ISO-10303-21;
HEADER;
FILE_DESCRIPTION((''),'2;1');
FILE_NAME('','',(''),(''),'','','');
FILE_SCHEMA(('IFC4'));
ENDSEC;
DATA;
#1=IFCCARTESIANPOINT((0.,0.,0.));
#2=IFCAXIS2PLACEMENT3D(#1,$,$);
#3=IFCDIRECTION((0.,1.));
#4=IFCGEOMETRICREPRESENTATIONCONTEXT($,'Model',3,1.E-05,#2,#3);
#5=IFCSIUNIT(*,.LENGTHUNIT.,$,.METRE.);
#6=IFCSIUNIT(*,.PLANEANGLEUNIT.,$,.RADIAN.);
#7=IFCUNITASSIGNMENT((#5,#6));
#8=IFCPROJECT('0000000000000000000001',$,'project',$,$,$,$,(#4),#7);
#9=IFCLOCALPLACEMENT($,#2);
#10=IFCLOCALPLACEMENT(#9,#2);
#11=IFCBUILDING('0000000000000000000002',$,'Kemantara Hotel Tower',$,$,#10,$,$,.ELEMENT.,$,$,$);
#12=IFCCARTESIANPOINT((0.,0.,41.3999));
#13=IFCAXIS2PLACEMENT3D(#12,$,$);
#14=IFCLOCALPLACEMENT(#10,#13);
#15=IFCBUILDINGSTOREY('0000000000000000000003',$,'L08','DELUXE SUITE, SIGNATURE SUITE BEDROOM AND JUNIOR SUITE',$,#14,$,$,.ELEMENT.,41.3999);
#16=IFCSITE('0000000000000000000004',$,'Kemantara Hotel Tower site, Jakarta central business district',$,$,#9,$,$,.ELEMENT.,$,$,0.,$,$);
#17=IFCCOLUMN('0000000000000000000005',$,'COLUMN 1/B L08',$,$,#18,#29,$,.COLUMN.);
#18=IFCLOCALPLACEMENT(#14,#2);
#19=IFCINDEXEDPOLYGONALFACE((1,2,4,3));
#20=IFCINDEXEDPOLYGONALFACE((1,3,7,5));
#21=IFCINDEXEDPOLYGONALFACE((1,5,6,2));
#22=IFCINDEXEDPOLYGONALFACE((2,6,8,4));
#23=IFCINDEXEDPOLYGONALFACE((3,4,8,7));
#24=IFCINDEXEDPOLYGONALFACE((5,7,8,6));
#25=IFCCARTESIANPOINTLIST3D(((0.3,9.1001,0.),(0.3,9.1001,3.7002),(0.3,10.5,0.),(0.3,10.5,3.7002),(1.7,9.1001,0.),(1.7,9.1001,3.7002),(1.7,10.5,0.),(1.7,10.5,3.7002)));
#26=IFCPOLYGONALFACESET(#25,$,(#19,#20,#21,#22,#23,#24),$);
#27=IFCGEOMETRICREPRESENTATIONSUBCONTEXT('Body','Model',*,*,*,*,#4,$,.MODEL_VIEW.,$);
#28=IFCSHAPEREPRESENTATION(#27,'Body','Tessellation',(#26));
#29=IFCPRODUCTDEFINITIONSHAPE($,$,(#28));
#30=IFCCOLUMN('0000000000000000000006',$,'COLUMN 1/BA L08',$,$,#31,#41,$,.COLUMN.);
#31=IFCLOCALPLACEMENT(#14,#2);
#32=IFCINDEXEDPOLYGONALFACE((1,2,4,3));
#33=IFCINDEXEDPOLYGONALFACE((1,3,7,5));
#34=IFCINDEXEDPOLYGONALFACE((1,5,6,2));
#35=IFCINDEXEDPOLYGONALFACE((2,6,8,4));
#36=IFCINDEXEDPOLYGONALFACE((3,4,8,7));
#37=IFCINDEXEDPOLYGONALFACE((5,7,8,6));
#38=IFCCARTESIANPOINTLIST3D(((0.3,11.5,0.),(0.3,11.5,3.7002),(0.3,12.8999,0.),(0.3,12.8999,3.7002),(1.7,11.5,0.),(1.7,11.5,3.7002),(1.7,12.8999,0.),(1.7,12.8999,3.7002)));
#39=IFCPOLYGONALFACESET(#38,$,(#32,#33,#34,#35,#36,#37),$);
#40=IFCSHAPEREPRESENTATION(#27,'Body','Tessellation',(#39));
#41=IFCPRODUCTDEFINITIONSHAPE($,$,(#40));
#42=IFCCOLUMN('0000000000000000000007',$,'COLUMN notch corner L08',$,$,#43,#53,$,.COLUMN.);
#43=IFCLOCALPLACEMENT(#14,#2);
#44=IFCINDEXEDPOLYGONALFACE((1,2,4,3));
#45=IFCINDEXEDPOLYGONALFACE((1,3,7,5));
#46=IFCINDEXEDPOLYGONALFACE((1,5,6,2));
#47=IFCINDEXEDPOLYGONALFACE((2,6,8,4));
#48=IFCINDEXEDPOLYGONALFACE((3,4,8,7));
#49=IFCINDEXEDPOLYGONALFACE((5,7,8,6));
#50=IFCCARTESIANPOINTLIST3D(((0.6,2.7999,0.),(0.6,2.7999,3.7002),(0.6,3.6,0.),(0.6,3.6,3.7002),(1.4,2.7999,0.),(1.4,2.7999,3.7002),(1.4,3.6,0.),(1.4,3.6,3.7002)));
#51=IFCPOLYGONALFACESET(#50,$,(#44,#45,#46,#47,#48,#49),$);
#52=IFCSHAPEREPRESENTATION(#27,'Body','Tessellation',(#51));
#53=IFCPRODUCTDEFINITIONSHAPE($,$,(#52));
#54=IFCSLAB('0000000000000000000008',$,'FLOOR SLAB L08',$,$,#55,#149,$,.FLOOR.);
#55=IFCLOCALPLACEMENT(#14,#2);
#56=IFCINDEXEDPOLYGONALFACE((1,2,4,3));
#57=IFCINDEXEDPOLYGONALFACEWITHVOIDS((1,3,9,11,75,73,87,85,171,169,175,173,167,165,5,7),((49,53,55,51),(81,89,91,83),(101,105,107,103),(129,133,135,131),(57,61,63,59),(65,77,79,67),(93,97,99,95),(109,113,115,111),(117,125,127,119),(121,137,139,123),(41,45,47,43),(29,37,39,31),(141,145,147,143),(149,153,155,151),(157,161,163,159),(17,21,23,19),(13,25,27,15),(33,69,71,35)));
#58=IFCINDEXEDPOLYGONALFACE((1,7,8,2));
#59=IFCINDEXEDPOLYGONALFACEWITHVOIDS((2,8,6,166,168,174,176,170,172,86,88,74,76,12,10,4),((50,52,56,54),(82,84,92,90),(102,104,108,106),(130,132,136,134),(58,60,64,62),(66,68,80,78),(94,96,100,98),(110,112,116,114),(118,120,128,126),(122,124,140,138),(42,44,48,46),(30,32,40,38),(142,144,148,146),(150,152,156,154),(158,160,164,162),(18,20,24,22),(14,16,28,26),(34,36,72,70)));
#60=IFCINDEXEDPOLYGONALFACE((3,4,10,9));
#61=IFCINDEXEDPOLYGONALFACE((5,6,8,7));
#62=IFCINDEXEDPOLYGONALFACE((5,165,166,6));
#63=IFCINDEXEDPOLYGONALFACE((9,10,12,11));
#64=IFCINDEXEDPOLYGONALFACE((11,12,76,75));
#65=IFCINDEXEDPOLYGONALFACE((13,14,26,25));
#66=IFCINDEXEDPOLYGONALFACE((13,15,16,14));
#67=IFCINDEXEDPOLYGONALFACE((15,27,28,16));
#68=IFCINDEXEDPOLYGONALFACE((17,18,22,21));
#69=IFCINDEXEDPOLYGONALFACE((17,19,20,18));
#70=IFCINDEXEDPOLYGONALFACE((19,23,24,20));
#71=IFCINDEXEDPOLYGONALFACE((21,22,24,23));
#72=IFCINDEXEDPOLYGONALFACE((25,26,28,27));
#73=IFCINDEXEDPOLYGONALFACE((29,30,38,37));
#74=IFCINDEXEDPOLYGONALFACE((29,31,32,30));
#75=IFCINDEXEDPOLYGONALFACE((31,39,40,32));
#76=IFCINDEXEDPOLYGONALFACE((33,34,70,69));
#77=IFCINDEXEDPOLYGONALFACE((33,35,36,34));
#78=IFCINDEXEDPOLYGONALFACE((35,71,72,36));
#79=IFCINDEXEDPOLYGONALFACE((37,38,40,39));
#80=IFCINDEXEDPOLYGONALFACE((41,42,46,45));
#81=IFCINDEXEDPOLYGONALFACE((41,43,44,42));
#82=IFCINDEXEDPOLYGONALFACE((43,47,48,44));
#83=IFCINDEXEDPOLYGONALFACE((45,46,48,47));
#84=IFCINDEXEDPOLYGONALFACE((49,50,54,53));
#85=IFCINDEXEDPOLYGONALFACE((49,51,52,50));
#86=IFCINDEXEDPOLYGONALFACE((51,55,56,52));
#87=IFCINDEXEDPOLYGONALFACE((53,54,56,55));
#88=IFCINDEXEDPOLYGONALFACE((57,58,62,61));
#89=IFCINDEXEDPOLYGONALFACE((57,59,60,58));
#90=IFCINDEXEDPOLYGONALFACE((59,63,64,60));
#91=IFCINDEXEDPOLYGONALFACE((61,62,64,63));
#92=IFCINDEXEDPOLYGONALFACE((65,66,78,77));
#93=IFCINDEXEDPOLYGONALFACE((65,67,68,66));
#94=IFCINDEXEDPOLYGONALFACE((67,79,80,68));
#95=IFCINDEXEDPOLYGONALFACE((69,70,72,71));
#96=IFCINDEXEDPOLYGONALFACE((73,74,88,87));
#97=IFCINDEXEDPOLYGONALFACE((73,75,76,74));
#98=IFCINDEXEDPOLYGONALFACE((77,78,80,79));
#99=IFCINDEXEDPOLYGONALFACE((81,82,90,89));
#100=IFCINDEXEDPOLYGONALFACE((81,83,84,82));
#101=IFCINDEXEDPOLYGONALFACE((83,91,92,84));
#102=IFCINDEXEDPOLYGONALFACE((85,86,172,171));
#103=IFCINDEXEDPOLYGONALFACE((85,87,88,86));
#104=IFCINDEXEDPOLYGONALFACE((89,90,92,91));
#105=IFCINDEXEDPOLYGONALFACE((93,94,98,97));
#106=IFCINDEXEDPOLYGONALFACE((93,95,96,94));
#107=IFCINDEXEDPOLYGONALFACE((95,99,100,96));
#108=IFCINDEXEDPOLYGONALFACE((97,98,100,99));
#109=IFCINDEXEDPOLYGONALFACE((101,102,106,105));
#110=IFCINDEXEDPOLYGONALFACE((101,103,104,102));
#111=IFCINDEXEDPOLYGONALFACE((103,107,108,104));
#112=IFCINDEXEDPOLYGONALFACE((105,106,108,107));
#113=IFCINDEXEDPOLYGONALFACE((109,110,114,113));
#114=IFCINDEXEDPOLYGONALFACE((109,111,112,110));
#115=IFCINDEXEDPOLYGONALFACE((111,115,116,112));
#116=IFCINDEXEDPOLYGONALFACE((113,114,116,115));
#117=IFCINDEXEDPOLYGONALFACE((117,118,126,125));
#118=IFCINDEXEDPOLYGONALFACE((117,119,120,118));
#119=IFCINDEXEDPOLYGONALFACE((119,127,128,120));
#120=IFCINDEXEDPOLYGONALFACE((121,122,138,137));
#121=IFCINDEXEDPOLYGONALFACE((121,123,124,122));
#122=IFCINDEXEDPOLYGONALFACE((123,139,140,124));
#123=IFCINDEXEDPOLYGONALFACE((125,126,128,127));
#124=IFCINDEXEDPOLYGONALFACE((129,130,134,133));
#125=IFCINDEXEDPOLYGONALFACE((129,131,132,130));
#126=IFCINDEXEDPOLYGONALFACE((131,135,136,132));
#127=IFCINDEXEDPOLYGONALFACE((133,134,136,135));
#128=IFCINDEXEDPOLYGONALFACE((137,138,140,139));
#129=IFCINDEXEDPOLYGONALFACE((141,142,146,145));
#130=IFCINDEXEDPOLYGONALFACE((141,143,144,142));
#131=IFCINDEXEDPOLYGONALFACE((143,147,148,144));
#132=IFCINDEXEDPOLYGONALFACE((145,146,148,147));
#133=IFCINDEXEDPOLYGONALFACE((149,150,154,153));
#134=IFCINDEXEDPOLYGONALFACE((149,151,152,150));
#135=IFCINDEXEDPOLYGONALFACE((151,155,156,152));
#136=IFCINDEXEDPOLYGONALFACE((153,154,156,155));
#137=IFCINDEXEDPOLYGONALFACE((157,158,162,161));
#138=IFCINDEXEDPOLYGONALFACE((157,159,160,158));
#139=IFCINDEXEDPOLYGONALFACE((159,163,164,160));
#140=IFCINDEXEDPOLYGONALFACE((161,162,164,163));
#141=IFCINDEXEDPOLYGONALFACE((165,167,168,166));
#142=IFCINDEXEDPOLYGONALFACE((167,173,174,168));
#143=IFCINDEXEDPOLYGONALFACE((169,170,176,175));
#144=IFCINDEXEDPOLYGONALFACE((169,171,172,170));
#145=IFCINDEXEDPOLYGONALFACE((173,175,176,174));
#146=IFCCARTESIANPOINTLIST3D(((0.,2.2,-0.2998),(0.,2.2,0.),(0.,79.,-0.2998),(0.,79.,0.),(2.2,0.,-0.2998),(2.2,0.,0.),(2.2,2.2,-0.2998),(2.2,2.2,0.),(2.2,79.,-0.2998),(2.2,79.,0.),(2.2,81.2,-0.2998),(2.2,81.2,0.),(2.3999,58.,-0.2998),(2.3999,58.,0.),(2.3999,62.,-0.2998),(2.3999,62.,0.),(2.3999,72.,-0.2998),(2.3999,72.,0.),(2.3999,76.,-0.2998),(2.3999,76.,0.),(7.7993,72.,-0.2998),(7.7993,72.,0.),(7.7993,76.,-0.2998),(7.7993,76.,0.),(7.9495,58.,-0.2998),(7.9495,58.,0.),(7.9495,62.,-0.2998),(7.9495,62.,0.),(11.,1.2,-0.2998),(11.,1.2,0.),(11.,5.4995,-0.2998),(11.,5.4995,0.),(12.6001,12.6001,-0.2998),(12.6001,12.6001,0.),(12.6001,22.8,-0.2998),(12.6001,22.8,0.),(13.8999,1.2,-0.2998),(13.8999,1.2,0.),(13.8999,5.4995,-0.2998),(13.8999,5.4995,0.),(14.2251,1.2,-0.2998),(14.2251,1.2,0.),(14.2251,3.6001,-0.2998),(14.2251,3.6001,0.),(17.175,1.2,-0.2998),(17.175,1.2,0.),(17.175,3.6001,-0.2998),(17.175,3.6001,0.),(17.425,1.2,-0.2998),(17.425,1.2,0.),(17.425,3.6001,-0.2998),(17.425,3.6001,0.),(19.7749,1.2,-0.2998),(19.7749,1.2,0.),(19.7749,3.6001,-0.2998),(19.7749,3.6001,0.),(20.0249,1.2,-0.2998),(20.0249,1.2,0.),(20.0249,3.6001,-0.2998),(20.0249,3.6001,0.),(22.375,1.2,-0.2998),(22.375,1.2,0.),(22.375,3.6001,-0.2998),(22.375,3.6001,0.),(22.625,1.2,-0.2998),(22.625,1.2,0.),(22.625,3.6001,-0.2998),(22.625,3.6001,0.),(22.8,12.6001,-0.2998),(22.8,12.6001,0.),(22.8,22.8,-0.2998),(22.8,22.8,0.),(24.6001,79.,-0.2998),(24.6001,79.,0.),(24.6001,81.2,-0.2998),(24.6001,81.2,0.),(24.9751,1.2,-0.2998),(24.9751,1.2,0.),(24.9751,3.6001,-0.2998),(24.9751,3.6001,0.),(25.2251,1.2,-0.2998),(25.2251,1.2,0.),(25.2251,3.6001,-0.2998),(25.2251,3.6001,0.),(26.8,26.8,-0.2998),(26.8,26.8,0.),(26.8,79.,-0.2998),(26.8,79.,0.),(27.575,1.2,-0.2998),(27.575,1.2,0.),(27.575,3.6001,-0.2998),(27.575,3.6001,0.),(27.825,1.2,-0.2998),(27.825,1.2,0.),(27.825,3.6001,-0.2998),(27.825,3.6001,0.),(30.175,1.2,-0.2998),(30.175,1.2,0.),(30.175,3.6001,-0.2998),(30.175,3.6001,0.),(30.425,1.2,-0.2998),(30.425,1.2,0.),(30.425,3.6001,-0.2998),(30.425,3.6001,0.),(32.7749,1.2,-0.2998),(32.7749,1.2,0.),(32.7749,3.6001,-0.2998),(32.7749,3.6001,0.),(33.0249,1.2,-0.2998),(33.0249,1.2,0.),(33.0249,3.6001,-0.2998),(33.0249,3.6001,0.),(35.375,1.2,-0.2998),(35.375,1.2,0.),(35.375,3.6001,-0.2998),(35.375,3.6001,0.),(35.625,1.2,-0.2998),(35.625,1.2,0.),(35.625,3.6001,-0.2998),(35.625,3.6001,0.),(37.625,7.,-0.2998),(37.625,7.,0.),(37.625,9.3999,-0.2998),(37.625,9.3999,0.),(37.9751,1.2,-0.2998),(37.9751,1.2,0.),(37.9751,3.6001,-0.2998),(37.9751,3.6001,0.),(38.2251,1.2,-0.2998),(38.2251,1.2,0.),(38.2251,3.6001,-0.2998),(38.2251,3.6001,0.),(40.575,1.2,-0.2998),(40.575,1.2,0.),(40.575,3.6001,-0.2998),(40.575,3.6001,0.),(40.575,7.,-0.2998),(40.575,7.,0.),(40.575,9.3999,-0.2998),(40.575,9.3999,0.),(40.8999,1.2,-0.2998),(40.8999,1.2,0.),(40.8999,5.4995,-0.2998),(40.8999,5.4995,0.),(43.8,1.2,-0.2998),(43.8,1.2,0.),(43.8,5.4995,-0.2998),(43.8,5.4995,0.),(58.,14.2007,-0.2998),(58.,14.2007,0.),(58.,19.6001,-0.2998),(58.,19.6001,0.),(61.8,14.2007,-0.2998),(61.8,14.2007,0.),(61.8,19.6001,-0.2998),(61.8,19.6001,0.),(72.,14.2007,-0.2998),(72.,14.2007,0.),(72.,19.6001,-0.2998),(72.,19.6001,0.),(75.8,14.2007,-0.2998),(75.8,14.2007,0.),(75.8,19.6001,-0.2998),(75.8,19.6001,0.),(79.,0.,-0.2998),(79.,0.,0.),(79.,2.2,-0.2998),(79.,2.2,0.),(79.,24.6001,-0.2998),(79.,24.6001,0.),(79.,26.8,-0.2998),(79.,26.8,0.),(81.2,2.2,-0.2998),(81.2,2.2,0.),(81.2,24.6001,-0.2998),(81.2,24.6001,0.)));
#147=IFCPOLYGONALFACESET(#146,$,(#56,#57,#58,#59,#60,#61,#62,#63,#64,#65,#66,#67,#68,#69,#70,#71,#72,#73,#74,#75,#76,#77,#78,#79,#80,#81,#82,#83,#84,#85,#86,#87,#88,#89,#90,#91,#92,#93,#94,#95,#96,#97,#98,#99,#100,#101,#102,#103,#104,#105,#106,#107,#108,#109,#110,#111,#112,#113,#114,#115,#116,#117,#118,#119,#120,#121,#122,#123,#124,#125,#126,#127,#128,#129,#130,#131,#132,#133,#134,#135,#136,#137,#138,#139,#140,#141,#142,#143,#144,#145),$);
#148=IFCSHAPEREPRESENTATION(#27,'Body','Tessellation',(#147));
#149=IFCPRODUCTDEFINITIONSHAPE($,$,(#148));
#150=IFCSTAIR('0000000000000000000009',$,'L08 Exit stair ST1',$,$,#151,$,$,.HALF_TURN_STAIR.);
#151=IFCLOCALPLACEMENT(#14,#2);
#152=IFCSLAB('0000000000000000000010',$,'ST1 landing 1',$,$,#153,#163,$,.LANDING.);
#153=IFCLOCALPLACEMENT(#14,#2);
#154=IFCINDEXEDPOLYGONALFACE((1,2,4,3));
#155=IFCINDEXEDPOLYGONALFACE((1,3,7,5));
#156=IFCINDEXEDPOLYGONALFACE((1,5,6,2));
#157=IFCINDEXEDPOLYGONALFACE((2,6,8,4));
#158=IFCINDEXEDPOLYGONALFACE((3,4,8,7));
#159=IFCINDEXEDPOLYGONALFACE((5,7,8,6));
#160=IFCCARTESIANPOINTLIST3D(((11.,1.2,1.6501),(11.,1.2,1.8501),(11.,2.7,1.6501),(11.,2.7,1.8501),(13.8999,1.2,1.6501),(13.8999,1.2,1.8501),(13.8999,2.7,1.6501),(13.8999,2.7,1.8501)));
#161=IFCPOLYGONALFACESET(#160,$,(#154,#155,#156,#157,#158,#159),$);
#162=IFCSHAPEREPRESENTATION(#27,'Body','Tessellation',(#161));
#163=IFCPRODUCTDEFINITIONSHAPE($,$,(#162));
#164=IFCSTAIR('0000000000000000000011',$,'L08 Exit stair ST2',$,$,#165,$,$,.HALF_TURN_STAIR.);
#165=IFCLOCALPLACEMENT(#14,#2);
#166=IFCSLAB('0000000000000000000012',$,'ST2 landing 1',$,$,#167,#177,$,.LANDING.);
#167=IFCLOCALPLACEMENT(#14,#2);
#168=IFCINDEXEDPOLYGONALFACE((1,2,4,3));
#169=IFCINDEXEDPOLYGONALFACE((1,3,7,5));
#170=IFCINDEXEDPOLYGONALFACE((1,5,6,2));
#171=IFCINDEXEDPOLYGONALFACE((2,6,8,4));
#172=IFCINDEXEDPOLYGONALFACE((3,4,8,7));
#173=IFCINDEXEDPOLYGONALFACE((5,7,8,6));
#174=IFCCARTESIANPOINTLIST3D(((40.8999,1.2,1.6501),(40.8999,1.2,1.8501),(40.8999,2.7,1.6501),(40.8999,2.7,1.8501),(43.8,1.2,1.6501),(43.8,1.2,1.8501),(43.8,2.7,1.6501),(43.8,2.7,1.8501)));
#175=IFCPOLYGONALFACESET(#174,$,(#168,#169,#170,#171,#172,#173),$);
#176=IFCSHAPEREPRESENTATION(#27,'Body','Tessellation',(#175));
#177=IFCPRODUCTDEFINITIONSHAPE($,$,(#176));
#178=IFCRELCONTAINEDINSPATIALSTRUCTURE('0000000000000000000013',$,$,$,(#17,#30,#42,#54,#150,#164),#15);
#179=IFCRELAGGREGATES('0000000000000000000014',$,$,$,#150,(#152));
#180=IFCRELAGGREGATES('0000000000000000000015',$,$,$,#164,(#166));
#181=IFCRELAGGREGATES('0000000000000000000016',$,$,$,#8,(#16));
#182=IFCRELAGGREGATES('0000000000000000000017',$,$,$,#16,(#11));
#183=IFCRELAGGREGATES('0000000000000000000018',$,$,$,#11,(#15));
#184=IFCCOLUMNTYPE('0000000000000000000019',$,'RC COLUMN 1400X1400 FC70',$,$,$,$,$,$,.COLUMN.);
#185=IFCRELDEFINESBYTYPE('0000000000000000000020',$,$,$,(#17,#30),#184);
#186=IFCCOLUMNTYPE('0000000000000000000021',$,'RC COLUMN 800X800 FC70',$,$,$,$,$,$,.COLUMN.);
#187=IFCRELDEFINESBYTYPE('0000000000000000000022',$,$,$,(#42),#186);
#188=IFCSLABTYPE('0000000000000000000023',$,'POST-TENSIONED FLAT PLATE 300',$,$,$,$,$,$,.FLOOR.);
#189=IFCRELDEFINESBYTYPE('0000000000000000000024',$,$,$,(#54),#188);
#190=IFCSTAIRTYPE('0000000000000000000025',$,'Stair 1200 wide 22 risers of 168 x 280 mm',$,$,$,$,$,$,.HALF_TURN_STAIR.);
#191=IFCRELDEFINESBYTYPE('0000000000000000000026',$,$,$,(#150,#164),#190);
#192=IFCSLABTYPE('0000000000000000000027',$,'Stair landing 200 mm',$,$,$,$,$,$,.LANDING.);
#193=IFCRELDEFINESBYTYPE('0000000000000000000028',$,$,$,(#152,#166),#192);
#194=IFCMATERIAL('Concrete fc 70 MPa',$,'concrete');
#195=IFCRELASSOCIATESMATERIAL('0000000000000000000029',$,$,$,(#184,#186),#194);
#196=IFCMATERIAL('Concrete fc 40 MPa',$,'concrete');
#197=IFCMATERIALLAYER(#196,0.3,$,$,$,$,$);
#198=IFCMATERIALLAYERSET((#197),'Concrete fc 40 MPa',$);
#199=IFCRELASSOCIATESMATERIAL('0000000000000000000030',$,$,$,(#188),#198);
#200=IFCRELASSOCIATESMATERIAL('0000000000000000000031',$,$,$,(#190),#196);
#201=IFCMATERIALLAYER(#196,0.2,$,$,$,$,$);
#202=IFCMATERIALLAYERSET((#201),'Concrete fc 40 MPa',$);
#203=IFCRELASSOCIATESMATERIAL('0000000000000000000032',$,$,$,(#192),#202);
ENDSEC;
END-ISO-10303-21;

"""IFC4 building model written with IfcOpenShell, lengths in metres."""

from ifc_helpers import new_model, si_unit, direction, frame, origin, origin_2d, place, context, subcontext, project, spatial, polyline, rectangle, outline, extrude, material, layer, layer_set, material_profile, profile_set, type_object, element, aggregate, save


model = new_model("IFC4")

# Units and contexts
model_context = context("Model", 3, precision=1e-05, world=origin(), true_north=direction((0.0, 1.0)))
body_context = subcontext(model_context, "Body", "Model", "MODEL_VIEW")
ifc_project = project(units=[si_unit("LENGTHUNIT", "METRE"), si_unit("PLANEANGLEUNIT", "RADIAN")], contexts=[model_context])

# Site, building, storey
site_placement = place(None, origin())
site = spatial("IfcSite", under=ifc_project, at=site_placement, Name="Kemantara Hotel Tower site, Jakarta central business district", CompositionType="ELEMENT", RefElevation=0.0)
building_placement = place(site_placement, origin())
building = spatial("IfcBuilding", under=site, at=building_placement, Name="Kemantara Hotel Tower", CompositionType="ELEMENT")
storey_placement = place(building_placement, frame((0.0, 0.0, 41.3999)))
storey = spatial("IfcBuildingStorey", under=building, at=storey_placement, Name="L08", Description="DELUXE SUITE, SIGNATURE SUITE BEDROOM AND JUNIOR SUITE", CompositionType="ELEMENT", Elevation=41.3999)

# Columns
ifc_material_1 = material(Name="Concrete fc 70 MPa", Category="concrete")
ifc_material_profile_1 = material_profile(ifc_material_1, rectangle(XDim=1.3999, YDim=1.3999, at=origin_2d()), Name="RC 1400X1400")
ifc_profile_set_1 = profile_set([ifc_material_profile_1], Name="Concrete fc 70 MPa")
column_type_1 = type_object("IfcColumnType", Name="RC COLUMN 1400X1400 FC70", PredefinedType="COLUMN", material=ifc_profile_set_1)
for number, where, z_axis, x_axis, name in (
    (1, (1.0, 9.8, 0.0), (0.0, 0.0, 1.0), (1.0, 0.0, 0.0), "COLUMN 1/B L08"),
    (2, (1.0, 12.2, 0.0), (0.0, 0.0, 1.0), (1.0, 0.0, 0.0), "COLUMN 1/BA L08"),
):
    element("IfcColumn", number, at=place(storey_placement, frame(where, z_axis=z_axis, x_axis=x_axis)), inside=storey, type_object=column_type_1, Name=name, PredefinedType="COLUMN", context=body_context, shape_type="SweptSolid", body=[
        extrude(rectangle(XDim=1.3999, YDim=1.3999, at=origin_2d()), origin(), (0.0, 0.0, 1.0), 3.7002),
    ])
ifc_material_profile_2 = material_profile(ifc_material_1, rectangle(XDim=0.8, YDim=0.8, at=origin_2d()), Name="RC 800X800")
ifc_profile_set_2 = profile_set([ifc_material_profile_2], Name="Concrete fc 70 MPa")
column_type_2 = type_object("IfcColumnType", Name="RC COLUMN 800X800 FC70", PredefinedType="COLUMN", material=ifc_profile_set_2)
column_placement = place(storey_placement, frame((1.0, 3.2, 0.0), z_axis=(0.0, 0.0, 1.0), x_axis=(1.0, 0.0, 0.0)))
element("IfcColumn", 3, at=column_placement, inside=storey, type_object=column_type_2, Name="COLUMN notch corner L08", PredefinedType="COLUMN", context=body_context, shape_type="SweptSolid", body=[
    extrude(rectangle(XDim=0.8, YDim=0.8, at=origin_2d()), origin(), (0.0, 0.0, 1.0), 3.7002),
])

# Slab
ifc_material_2 = material(Name="Concrete fc 40 MPa", Category="concrete")
ifc_layer_1 = layer(ifc_material_2, 0.3)
ifc_layer_set_1 = layer_set([ifc_layer_1], Name="Concrete fc 40 MPa")
slab_type_1 = type_object("IfcSlabType", Name="POST-TENSIONED FLAT PLATE 300", PredefinedType="FLOOR", material=ifc_layer_set_1)
slab_1_placement = place(storey_placement, frame((0.0, 0.0, -0.2998)))
element("IfcSlab", 4, at=slab_1_placement, inside=storey, type_object=slab_type_1, Name="FLOOR SLAB L08", PredefinedType="FLOOR", context=body_context, shape_type="SweptSolid", body=[
    extrude(outline(polyline([(0.0, 2.2), (2.2, 2.2), (2.2, 0.0), (79.0, 0.0), (79.0, 2.2), (81.2, 2.2), (81.2, 24.6001), (79.0, 24.6001), (79.0, 26.8), (26.8, 26.8), (26.8, 79.0), (24.6001, 79.0), (24.6001, 81.2), (2.2, 81.2), (2.2, 79.0), (0.0, 79.0), (0.0, 2.2)]), holes=[polyline([(17.175, 1.2), (14.2251, 1.2), (14.2251, 3.6001), (17.175, 3.6001), (17.175, 1.2)]), polyline([(19.7749, 1.2), (17.425, 1.2), (17.425, 3.6001), (19.7749, 3.6001), (19.7749, 1.2)]), polyline([(22.375, 1.2), (20.0249, 1.2), (20.0249, 3.6001), (22.375, 3.6001), (22.375, 1.2)]), polyline([(24.9751, 1.2), (22.625, 1.2), (22.625, 3.6001), (24.9751, 3.6001), (24.9751, 1.2)]), polyline([(27.575, 1.2), (25.2251, 1.2), (25.2251, 3.6001), (27.575, 3.6001), (27.575, 1.2)]), polyline([(11.0, 1.2), (11.0, 5.4995), (13.8999, 5.4995), (13.8999, 1.2), (11.0, 1.2)]), polyline([(22.8, 12.6001), (12.6001, 12.6001), (12.6001, 22.8), (22.8, 22.8), (22.8, 12.6001)]), polyline([(7.9495, 62.0), (7.9495, 58.0), (2.3999, 58.0), (2.3999, 62.0), (7.9495, 62.0)]), polyline([(7.7993, 76.0), (7.7993, 72.0), (2.3999, 72.0), (2.3999, 76.0), (7.7993, 76.0)]), polyline([(30.175, 1.2), (27.825, 1.2), (27.825, 3.6001), (30.175, 3.6001), (30.175, 1.2)]), polyline([(32.7749, 1.2), (30.425, 1.2), (30.425, 3.6001), (32.7749, 3.6001), (32.7749, 1.2)]), polyline([(35.375, 1.2), (33.0249, 1.2), (33.0249, 3.6001), (35.375, 3.6001), (35.375, 1.2)]), polyline([(37.9751, 1.2), (35.625, 1.2), (35.625, 3.6001), (37.9751, 3.6001), (37.9751, 1.2)]), polyline([(40.575, 1.2), (38.2251, 1.2), (38.2251, 3.6001), (40.575, 3.6001), (40.575, 1.2)]), polyline([(40.8999, 1.2), (40.8999, 5.4995), (43.8, 5.4995), (43.8, 1.2), (40.8999, 1.2)]), polyline([(40.575, 7.0), (37.625, 7.0), (37.625, 9.3999), (40.575, 9.3999), (40.575, 7.0)]), polyline([(61.8, 14.2007), (58.0, 14.2007), (58.0, 19.6001), (61.8, 19.6001), (61.8, 14.2007)]), polyline([(75.8, 14.2007), (72.0, 14.2007), (72.0, 19.6001), (75.8, 19.6001), (75.8, 14.2007)])]), origin(), (0.0, 0.0, 1.0), 0.2998),
])

# Stairs, slabs
stair_type_1 = type_object("IfcStairType", Name="Stair 1200 wide 22 risers of 168 x 280 mm", PredefinedType="HALF_TURN_STAIR", material=ifc_material_2)
stair_1_placement = place(storey_placement, origin())
stair_1 = element("IfcStair", 5, at=stair_1_placement, inside=storey, type_object=stair_type_1, Name="L08 Exit stair ST1", PredefinedType="HALF_TURN_STAIR")
ifc_layer_2 = layer(ifc_material_2, 0.2)
ifc_layer_set_2 = layer_set([ifc_layer_2], Name="Concrete fc 40 MPa")
slab_type_2 = type_object("IfcSlabType", Name="Stair landing 200 mm", PredefinedType="LANDING", material=ifc_layer_set_2)
slab_2_placement = place(storey_placement, frame((0.0, 0.0, 1.6501)))
slab_2 = element("IfcSlab", 6, at=slab_2_placement, type_object=slab_type_2, Name="ST1 landing 1", PredefinedType="LANDING", context=body_context, shape_type="SweptSolid", body=[
    extrude(outline(polyline([(11.0, 2.7), (11.0, 1.2), (13.8999, 1.2), (13.8999, 2.7), (11.0, 2.7)])), origin(), (0.0, 0.0, 1.0), 0.2),
])
aggregate(stair_1, [slab_2])
stair_2_placement = place(storey_placement, origin())
stair_2 = element("IfcStair", 7, at=stair_2_placement, inside=storey, type_object=stair_type_1, Name="L08 Exit stair ST2", PredefinedType="HALF_TURN_STAIR")
slab_3_placement = place(storey_placement, frame((0.0, 0.0, 1.6501)))
slab_3 = element("IfcSlab", 8, at=slab_3_placement, type_object=slab_type_2, Name="ST2 landing 1", PredefinedType="LANDING", context=body_context, shape_type="SweptSolid", body=[
    extrude(outline(polyline([(40.8999, 2.7), (40.8999, 1.2), (43.8, 1.2), (43.8, 2.7), (40.8999, 2.7)])), origin(), (0.0, 0.0, 1.0), 0.2),
])
aggregate(stair_2, [slab_3])

save(model, "model.ifc")
